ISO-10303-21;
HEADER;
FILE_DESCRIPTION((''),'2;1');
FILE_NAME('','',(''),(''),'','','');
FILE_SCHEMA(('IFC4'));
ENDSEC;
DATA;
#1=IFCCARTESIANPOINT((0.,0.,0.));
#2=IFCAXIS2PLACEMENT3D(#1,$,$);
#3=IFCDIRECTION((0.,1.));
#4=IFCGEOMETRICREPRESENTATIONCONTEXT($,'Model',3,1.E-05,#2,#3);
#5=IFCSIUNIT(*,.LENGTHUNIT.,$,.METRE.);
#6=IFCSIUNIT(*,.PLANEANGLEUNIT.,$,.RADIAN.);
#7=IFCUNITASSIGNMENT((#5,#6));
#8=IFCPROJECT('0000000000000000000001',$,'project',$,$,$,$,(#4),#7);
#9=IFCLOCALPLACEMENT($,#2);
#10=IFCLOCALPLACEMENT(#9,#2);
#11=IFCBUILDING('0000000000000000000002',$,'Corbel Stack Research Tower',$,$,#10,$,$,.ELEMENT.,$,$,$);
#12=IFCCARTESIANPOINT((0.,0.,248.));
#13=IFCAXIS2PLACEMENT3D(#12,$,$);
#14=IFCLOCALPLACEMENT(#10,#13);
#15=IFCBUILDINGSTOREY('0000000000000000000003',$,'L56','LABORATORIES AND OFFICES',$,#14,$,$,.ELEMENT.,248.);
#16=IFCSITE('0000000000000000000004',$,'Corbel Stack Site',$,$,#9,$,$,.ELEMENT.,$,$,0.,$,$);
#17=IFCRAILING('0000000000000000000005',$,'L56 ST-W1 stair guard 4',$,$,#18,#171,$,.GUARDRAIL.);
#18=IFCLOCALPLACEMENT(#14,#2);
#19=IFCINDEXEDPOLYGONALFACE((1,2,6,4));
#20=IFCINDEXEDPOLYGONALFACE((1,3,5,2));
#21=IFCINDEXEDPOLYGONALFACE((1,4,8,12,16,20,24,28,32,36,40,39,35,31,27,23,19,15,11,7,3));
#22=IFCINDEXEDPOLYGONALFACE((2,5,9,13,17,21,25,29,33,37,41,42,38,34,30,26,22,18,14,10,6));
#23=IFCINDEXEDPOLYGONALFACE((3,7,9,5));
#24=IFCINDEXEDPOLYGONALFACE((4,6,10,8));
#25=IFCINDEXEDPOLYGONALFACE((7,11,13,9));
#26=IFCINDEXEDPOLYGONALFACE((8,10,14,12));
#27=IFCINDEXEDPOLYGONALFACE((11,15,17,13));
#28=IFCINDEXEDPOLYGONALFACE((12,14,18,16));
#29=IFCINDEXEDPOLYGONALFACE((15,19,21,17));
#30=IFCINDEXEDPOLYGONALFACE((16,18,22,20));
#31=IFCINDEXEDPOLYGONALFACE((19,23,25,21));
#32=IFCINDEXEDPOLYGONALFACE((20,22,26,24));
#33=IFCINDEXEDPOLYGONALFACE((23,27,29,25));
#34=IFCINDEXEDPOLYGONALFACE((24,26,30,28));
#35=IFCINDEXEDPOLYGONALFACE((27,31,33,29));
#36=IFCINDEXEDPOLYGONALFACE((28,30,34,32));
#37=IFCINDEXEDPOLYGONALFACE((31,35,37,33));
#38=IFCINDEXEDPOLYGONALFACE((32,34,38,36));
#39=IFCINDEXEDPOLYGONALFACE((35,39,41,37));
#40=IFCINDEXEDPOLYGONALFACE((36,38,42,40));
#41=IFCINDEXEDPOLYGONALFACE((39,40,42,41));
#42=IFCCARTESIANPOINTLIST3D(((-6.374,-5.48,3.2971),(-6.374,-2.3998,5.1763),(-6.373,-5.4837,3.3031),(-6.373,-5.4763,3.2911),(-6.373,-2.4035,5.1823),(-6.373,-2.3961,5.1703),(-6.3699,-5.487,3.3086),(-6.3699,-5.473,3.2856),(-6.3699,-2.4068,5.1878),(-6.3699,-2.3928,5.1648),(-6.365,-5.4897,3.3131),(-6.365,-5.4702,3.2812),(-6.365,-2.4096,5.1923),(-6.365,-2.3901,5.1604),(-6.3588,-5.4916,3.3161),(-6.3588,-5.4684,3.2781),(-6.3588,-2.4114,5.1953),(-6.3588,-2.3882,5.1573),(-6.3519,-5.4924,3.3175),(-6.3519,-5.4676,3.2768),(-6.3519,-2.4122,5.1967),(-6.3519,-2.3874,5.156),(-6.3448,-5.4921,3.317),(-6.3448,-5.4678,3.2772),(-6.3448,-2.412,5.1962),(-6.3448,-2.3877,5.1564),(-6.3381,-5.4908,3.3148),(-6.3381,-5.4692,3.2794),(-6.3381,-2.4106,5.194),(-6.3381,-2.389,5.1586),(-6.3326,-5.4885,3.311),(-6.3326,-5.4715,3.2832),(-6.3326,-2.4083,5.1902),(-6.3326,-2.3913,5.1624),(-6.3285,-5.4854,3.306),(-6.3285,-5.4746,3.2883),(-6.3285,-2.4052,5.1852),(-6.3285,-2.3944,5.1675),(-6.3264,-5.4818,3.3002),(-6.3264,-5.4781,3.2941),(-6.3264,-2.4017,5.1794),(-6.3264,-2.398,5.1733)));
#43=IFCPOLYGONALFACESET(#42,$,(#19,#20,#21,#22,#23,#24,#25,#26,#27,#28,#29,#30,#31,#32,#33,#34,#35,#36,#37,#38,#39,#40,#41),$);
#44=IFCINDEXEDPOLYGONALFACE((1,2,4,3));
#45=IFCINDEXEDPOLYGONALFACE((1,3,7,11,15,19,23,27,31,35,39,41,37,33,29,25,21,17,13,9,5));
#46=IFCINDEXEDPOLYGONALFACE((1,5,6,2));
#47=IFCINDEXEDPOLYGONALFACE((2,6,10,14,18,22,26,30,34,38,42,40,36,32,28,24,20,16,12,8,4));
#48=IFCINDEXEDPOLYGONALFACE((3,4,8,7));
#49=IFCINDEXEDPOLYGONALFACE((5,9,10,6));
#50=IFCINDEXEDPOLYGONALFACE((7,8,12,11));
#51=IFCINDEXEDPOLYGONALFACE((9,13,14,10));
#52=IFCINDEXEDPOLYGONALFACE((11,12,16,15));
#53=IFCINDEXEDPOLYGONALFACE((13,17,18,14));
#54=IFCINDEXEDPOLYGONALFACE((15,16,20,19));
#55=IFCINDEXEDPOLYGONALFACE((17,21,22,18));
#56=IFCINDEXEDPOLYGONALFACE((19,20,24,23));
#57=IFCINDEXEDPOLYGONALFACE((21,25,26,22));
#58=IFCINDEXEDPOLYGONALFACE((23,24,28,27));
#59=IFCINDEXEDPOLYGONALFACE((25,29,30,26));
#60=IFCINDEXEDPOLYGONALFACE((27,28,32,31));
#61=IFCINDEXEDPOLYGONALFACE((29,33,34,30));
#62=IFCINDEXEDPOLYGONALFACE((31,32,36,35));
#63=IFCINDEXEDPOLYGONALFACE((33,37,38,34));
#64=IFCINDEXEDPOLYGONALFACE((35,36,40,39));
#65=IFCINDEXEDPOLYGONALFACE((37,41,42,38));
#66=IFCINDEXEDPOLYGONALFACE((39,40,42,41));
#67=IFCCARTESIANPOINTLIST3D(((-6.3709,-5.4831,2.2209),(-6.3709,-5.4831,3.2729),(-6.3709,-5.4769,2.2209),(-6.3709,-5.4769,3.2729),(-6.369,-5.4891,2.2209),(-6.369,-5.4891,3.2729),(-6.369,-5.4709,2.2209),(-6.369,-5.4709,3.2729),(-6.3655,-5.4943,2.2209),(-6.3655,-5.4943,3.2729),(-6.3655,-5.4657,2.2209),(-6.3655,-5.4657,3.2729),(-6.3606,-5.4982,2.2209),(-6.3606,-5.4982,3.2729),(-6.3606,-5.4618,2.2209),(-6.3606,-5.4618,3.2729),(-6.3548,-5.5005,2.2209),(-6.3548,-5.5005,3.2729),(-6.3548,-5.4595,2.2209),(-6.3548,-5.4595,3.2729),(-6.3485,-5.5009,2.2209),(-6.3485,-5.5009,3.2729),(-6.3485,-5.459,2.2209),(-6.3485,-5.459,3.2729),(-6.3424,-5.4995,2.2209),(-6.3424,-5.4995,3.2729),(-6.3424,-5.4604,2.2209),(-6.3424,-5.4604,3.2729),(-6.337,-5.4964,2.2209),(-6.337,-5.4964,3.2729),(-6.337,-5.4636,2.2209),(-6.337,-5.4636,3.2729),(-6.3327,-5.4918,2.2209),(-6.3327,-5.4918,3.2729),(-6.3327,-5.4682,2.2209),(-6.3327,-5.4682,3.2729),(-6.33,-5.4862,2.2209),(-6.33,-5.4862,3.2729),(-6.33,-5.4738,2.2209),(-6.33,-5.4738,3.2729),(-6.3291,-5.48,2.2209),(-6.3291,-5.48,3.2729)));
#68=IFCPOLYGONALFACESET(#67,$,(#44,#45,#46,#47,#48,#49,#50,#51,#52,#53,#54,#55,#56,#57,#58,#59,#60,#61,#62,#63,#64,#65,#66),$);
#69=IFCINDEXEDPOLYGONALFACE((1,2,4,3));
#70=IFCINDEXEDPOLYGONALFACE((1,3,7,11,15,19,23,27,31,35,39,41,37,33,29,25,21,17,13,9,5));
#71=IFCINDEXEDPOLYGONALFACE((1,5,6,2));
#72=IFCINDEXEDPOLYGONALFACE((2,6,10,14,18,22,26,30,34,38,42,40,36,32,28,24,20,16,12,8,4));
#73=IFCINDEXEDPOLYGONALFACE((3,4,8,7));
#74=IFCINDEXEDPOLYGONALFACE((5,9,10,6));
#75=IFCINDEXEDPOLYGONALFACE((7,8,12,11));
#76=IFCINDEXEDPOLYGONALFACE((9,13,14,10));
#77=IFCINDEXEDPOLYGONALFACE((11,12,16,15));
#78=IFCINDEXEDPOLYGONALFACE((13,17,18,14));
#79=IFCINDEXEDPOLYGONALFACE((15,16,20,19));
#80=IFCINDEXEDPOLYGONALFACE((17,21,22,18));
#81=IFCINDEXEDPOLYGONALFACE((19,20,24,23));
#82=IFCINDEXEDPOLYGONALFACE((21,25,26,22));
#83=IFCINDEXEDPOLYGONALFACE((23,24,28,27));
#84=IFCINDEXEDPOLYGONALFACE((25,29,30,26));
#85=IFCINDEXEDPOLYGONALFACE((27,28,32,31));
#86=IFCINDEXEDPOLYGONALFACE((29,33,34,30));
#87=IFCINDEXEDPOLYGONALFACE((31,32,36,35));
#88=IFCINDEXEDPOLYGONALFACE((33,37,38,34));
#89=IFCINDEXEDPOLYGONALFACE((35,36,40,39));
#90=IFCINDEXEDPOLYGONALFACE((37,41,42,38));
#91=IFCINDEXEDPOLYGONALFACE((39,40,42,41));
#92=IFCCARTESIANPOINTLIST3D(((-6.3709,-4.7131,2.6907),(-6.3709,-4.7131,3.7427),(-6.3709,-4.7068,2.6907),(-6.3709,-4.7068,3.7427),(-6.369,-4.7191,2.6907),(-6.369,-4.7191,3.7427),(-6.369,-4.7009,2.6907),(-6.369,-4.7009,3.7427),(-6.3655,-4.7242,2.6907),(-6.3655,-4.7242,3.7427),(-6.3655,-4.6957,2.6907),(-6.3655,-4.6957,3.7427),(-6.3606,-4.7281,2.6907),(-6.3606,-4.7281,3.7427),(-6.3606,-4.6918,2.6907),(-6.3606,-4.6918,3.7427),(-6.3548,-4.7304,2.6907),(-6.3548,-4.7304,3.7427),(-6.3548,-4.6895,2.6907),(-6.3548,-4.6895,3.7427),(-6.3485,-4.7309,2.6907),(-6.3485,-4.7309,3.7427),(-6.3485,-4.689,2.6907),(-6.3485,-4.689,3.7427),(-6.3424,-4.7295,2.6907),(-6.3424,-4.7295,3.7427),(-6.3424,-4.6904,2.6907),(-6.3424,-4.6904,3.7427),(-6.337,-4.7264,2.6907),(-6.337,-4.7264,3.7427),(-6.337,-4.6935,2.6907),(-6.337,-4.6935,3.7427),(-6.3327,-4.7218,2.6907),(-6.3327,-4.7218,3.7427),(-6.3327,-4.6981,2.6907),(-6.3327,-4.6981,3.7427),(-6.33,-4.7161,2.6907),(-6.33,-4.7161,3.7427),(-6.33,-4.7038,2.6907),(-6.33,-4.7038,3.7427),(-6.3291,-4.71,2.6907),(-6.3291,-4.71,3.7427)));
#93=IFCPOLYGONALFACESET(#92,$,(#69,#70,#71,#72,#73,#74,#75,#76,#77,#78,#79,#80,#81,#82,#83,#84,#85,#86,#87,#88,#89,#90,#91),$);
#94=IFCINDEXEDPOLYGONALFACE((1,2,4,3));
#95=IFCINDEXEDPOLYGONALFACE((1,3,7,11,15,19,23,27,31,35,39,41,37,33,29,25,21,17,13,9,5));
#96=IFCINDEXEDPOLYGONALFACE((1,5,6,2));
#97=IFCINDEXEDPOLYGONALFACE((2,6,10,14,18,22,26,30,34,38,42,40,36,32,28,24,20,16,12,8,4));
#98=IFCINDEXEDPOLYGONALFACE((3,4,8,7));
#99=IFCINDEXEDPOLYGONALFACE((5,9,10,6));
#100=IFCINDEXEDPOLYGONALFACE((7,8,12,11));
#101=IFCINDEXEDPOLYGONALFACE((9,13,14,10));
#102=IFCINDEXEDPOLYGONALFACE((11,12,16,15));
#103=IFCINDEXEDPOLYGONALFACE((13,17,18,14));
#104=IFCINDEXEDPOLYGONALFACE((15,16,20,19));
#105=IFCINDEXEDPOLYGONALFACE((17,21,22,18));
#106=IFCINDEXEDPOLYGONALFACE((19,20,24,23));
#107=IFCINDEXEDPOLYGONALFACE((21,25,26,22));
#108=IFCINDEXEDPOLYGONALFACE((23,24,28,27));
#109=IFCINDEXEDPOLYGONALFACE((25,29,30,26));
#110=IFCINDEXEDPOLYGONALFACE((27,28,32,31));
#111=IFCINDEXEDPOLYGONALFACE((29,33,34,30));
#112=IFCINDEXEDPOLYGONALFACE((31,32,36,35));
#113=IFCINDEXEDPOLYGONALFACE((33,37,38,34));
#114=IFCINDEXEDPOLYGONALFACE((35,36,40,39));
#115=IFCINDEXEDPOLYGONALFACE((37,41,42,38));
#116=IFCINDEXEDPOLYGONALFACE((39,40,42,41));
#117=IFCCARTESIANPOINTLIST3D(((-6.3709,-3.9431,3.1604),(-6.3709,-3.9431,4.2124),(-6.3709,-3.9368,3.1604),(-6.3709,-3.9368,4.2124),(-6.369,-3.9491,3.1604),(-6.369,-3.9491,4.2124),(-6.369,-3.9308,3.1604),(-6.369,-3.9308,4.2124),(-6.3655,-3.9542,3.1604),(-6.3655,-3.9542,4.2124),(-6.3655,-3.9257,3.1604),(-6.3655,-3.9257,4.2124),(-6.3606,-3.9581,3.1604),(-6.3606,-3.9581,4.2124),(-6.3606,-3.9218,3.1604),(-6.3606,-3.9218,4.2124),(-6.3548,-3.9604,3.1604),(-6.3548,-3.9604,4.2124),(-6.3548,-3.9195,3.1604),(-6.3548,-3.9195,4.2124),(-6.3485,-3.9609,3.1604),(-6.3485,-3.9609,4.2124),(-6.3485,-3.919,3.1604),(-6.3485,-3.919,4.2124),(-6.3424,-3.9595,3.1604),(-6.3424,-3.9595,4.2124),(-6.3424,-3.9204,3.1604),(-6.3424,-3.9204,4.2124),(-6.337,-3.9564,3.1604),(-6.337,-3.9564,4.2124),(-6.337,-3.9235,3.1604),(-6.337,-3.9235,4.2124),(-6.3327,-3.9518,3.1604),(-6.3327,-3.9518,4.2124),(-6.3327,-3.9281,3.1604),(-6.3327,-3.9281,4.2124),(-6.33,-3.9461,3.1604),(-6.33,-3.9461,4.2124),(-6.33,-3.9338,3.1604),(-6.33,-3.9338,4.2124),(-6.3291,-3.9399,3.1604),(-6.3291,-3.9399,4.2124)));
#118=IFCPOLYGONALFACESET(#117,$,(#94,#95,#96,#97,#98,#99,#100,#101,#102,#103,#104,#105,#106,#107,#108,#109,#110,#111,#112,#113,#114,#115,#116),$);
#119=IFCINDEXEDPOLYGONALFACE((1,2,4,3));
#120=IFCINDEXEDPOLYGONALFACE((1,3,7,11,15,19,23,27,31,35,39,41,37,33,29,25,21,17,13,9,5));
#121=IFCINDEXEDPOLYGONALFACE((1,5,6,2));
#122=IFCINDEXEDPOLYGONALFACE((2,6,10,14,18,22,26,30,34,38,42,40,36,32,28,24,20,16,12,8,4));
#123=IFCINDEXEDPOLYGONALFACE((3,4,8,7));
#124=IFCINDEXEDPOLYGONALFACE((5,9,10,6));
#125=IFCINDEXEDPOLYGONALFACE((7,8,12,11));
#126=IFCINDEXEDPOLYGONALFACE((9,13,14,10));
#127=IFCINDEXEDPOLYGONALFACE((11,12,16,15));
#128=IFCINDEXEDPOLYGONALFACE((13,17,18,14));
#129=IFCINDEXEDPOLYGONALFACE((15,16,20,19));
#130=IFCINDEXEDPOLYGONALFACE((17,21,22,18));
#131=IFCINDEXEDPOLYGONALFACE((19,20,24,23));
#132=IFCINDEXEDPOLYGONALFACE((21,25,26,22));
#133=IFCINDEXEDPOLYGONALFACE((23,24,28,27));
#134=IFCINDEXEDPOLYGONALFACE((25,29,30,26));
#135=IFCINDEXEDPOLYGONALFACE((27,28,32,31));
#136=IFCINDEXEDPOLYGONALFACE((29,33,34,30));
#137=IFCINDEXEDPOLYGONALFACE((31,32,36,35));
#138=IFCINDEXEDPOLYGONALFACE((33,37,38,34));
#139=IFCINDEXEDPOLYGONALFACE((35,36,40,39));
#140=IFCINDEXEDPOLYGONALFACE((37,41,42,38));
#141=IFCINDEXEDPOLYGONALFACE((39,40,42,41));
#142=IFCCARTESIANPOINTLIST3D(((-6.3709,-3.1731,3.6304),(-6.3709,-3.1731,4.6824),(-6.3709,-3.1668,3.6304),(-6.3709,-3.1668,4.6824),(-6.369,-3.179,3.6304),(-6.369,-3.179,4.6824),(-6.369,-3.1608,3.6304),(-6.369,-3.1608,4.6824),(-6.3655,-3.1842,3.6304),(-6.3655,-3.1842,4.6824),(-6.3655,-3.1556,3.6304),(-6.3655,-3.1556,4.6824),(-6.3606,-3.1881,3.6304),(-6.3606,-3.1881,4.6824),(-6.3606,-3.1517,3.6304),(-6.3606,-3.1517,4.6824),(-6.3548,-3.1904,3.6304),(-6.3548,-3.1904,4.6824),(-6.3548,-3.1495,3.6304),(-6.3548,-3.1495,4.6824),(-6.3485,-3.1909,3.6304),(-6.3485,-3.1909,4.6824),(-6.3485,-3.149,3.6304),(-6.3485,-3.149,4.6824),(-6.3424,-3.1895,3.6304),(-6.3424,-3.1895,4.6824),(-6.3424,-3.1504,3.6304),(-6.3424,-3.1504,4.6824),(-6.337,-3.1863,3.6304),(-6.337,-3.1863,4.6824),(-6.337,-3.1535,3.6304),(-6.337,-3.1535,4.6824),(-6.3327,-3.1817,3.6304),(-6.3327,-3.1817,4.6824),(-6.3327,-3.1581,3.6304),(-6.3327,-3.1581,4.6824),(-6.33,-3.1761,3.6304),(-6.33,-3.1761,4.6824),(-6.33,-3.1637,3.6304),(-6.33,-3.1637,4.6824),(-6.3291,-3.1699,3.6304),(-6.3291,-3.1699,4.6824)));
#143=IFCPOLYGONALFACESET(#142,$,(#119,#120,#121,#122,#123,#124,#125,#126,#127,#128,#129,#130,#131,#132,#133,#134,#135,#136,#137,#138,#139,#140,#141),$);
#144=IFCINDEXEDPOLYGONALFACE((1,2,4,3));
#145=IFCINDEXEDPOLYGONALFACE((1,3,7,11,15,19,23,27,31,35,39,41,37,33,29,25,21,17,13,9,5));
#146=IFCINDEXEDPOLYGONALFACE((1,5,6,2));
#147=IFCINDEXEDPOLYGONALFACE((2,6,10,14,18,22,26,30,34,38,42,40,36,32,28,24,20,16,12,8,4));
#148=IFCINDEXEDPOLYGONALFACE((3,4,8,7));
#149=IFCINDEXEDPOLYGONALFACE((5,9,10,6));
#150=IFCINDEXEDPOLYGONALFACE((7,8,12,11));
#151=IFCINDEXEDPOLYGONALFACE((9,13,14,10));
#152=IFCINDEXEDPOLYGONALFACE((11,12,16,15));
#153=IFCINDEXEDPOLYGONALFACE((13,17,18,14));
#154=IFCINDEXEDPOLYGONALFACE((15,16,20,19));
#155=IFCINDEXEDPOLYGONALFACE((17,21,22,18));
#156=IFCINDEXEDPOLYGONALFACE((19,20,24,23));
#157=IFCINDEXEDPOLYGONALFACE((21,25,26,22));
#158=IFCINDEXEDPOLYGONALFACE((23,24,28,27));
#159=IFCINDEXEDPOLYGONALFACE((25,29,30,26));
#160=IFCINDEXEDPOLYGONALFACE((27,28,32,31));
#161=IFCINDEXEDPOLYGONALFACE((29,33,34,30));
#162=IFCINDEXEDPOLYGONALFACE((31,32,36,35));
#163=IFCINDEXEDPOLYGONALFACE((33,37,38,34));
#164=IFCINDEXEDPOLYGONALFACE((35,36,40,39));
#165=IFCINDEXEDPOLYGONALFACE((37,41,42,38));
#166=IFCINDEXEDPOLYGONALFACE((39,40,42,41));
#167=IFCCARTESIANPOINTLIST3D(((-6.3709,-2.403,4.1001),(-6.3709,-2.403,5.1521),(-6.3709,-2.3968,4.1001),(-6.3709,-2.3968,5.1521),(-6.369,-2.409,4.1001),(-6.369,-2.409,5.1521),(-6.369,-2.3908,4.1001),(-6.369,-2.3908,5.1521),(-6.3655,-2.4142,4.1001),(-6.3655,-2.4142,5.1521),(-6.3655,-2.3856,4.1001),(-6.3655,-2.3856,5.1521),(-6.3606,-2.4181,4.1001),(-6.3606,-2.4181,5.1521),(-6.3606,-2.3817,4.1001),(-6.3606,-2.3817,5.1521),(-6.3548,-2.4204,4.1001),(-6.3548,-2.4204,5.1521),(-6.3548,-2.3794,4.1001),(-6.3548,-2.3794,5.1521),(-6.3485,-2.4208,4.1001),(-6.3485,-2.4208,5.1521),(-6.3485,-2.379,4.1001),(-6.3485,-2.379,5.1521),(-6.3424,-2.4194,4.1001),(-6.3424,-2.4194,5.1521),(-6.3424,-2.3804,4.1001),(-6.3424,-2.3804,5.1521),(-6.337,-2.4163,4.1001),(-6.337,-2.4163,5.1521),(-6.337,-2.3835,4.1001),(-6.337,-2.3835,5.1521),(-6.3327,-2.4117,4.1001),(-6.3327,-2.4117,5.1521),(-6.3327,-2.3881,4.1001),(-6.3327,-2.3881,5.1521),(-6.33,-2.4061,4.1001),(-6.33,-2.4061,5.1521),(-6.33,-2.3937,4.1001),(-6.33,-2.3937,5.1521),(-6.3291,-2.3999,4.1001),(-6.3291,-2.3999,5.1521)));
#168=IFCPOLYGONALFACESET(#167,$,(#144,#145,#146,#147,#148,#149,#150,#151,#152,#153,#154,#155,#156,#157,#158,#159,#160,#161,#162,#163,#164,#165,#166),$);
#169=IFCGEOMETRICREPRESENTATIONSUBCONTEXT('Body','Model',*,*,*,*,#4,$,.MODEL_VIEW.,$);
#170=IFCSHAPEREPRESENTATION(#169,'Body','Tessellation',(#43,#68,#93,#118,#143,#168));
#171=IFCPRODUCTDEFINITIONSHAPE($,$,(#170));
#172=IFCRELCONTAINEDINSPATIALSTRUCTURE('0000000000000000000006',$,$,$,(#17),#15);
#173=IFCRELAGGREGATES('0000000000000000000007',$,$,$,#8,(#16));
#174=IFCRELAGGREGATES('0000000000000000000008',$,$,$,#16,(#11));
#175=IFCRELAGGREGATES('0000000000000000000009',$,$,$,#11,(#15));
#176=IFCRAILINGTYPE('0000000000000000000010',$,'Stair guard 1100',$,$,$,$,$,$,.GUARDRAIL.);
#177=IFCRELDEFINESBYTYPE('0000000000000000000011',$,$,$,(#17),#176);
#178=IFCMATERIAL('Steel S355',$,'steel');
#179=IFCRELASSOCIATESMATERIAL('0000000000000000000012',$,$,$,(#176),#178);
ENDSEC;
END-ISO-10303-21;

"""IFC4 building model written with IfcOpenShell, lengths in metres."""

from ifc_helpers import new_model, si_unit, direction, frame, origin, origin_2d, place, context, subcontext, project, spatial, circle, extrude, material, type_object, element, save


model = new_model("IFC4")

# Units and contexts
model_context = context("Model", 3, precision=1e-05, world=origin(), true_north=direction((0.0, 1.0)))
body_context = subcontext(model_context, "Body", "Model", "MODEL_VIEW")
ifc_project = project(units=[si_unit("LENGTHUNIT", "METRE"), si_unit("PLANEANGLEUNIT", "RADIAN")], contexts=[model_context])

# Site, building, storey
site_placement = place(None, origin())
site = spatial("IfcSite", under=ifc_project, at=site_placement, Name="Corbel Stack Site", CompositionType="ELEMENT", RefElevation=0.0)
building_placement = place(site_placement, origin())
building = spatial("IfcBuilding", under=site, at=building_placement, Name="Corbel Stack Research Tower", CompositionType="ELEMENT")
storey_placement = place(building_placement, frame((0.0, 0.0, 248.0)))
storey = spatial("IfcBuildingStorey", under=building, at=storey_placement, Name="L56", Description="LABORATORIES AND OFFICES", CompositionType="ELEMENT", Elevation=248.0)

# Railing
ifc_material_1 = material(Name="Steel S355", Category="steel")
railing_type_1 = type_object("IfcRailingType", Name="Stair guard 1100", PredefinedType="GUARDRAIL", material=ifc_material_1)
railing_1_placement = place(storey_placement, frame((-6.3501, -5.48, 2.2209)))
element("IfcRailing", 1, at=railing_1_placement, inside=storey, type_object=railing_type_1, Name="L56 ST-W1 stair guard 4", PredefinedType="GUARDRAIL", context=body_context, shape_type="SweptSolid", body=[
    extrude(circle(Radius=0.0239, at=origin_2d()), frame((0.0, 0.0, 1.0762), z_axis=(0.0, 0.853666, 0.52082), x_axis=(-1.0, 0.0, 0.0)), (0.0, 0.0, 1.0), 3.6082),
    extrude(circle(Radius=0.021, at=origin_2d()), origin(), (0.0, 0.0, 1.0), 1.052),
    extrude(circle(Radius=0.021, at=origin_2d()), frame((0.0, 0.77, 0.4697)), (0.0, 0.0, 1.0), 1.052),
    extrude(circle(Radius=0.021, at=origin_2d()), frame((0.0, 1.54, 0.9395)), (0.0, 0.0, 1.0), 1.052),
    extrude(circle(Radius=0.021, at=origin_2d()), frame((0.0, 2.3101, 1.4094)), (0.0, 0.0, 1.0), 1.052),
    extrude(circle(Radius=0.021, at=origin_2d()), frame((0.0, 3.0801, 1.8792)), (0.0, 0.0, 1.0), 1.052),
])

save(model, "model.ifc")
